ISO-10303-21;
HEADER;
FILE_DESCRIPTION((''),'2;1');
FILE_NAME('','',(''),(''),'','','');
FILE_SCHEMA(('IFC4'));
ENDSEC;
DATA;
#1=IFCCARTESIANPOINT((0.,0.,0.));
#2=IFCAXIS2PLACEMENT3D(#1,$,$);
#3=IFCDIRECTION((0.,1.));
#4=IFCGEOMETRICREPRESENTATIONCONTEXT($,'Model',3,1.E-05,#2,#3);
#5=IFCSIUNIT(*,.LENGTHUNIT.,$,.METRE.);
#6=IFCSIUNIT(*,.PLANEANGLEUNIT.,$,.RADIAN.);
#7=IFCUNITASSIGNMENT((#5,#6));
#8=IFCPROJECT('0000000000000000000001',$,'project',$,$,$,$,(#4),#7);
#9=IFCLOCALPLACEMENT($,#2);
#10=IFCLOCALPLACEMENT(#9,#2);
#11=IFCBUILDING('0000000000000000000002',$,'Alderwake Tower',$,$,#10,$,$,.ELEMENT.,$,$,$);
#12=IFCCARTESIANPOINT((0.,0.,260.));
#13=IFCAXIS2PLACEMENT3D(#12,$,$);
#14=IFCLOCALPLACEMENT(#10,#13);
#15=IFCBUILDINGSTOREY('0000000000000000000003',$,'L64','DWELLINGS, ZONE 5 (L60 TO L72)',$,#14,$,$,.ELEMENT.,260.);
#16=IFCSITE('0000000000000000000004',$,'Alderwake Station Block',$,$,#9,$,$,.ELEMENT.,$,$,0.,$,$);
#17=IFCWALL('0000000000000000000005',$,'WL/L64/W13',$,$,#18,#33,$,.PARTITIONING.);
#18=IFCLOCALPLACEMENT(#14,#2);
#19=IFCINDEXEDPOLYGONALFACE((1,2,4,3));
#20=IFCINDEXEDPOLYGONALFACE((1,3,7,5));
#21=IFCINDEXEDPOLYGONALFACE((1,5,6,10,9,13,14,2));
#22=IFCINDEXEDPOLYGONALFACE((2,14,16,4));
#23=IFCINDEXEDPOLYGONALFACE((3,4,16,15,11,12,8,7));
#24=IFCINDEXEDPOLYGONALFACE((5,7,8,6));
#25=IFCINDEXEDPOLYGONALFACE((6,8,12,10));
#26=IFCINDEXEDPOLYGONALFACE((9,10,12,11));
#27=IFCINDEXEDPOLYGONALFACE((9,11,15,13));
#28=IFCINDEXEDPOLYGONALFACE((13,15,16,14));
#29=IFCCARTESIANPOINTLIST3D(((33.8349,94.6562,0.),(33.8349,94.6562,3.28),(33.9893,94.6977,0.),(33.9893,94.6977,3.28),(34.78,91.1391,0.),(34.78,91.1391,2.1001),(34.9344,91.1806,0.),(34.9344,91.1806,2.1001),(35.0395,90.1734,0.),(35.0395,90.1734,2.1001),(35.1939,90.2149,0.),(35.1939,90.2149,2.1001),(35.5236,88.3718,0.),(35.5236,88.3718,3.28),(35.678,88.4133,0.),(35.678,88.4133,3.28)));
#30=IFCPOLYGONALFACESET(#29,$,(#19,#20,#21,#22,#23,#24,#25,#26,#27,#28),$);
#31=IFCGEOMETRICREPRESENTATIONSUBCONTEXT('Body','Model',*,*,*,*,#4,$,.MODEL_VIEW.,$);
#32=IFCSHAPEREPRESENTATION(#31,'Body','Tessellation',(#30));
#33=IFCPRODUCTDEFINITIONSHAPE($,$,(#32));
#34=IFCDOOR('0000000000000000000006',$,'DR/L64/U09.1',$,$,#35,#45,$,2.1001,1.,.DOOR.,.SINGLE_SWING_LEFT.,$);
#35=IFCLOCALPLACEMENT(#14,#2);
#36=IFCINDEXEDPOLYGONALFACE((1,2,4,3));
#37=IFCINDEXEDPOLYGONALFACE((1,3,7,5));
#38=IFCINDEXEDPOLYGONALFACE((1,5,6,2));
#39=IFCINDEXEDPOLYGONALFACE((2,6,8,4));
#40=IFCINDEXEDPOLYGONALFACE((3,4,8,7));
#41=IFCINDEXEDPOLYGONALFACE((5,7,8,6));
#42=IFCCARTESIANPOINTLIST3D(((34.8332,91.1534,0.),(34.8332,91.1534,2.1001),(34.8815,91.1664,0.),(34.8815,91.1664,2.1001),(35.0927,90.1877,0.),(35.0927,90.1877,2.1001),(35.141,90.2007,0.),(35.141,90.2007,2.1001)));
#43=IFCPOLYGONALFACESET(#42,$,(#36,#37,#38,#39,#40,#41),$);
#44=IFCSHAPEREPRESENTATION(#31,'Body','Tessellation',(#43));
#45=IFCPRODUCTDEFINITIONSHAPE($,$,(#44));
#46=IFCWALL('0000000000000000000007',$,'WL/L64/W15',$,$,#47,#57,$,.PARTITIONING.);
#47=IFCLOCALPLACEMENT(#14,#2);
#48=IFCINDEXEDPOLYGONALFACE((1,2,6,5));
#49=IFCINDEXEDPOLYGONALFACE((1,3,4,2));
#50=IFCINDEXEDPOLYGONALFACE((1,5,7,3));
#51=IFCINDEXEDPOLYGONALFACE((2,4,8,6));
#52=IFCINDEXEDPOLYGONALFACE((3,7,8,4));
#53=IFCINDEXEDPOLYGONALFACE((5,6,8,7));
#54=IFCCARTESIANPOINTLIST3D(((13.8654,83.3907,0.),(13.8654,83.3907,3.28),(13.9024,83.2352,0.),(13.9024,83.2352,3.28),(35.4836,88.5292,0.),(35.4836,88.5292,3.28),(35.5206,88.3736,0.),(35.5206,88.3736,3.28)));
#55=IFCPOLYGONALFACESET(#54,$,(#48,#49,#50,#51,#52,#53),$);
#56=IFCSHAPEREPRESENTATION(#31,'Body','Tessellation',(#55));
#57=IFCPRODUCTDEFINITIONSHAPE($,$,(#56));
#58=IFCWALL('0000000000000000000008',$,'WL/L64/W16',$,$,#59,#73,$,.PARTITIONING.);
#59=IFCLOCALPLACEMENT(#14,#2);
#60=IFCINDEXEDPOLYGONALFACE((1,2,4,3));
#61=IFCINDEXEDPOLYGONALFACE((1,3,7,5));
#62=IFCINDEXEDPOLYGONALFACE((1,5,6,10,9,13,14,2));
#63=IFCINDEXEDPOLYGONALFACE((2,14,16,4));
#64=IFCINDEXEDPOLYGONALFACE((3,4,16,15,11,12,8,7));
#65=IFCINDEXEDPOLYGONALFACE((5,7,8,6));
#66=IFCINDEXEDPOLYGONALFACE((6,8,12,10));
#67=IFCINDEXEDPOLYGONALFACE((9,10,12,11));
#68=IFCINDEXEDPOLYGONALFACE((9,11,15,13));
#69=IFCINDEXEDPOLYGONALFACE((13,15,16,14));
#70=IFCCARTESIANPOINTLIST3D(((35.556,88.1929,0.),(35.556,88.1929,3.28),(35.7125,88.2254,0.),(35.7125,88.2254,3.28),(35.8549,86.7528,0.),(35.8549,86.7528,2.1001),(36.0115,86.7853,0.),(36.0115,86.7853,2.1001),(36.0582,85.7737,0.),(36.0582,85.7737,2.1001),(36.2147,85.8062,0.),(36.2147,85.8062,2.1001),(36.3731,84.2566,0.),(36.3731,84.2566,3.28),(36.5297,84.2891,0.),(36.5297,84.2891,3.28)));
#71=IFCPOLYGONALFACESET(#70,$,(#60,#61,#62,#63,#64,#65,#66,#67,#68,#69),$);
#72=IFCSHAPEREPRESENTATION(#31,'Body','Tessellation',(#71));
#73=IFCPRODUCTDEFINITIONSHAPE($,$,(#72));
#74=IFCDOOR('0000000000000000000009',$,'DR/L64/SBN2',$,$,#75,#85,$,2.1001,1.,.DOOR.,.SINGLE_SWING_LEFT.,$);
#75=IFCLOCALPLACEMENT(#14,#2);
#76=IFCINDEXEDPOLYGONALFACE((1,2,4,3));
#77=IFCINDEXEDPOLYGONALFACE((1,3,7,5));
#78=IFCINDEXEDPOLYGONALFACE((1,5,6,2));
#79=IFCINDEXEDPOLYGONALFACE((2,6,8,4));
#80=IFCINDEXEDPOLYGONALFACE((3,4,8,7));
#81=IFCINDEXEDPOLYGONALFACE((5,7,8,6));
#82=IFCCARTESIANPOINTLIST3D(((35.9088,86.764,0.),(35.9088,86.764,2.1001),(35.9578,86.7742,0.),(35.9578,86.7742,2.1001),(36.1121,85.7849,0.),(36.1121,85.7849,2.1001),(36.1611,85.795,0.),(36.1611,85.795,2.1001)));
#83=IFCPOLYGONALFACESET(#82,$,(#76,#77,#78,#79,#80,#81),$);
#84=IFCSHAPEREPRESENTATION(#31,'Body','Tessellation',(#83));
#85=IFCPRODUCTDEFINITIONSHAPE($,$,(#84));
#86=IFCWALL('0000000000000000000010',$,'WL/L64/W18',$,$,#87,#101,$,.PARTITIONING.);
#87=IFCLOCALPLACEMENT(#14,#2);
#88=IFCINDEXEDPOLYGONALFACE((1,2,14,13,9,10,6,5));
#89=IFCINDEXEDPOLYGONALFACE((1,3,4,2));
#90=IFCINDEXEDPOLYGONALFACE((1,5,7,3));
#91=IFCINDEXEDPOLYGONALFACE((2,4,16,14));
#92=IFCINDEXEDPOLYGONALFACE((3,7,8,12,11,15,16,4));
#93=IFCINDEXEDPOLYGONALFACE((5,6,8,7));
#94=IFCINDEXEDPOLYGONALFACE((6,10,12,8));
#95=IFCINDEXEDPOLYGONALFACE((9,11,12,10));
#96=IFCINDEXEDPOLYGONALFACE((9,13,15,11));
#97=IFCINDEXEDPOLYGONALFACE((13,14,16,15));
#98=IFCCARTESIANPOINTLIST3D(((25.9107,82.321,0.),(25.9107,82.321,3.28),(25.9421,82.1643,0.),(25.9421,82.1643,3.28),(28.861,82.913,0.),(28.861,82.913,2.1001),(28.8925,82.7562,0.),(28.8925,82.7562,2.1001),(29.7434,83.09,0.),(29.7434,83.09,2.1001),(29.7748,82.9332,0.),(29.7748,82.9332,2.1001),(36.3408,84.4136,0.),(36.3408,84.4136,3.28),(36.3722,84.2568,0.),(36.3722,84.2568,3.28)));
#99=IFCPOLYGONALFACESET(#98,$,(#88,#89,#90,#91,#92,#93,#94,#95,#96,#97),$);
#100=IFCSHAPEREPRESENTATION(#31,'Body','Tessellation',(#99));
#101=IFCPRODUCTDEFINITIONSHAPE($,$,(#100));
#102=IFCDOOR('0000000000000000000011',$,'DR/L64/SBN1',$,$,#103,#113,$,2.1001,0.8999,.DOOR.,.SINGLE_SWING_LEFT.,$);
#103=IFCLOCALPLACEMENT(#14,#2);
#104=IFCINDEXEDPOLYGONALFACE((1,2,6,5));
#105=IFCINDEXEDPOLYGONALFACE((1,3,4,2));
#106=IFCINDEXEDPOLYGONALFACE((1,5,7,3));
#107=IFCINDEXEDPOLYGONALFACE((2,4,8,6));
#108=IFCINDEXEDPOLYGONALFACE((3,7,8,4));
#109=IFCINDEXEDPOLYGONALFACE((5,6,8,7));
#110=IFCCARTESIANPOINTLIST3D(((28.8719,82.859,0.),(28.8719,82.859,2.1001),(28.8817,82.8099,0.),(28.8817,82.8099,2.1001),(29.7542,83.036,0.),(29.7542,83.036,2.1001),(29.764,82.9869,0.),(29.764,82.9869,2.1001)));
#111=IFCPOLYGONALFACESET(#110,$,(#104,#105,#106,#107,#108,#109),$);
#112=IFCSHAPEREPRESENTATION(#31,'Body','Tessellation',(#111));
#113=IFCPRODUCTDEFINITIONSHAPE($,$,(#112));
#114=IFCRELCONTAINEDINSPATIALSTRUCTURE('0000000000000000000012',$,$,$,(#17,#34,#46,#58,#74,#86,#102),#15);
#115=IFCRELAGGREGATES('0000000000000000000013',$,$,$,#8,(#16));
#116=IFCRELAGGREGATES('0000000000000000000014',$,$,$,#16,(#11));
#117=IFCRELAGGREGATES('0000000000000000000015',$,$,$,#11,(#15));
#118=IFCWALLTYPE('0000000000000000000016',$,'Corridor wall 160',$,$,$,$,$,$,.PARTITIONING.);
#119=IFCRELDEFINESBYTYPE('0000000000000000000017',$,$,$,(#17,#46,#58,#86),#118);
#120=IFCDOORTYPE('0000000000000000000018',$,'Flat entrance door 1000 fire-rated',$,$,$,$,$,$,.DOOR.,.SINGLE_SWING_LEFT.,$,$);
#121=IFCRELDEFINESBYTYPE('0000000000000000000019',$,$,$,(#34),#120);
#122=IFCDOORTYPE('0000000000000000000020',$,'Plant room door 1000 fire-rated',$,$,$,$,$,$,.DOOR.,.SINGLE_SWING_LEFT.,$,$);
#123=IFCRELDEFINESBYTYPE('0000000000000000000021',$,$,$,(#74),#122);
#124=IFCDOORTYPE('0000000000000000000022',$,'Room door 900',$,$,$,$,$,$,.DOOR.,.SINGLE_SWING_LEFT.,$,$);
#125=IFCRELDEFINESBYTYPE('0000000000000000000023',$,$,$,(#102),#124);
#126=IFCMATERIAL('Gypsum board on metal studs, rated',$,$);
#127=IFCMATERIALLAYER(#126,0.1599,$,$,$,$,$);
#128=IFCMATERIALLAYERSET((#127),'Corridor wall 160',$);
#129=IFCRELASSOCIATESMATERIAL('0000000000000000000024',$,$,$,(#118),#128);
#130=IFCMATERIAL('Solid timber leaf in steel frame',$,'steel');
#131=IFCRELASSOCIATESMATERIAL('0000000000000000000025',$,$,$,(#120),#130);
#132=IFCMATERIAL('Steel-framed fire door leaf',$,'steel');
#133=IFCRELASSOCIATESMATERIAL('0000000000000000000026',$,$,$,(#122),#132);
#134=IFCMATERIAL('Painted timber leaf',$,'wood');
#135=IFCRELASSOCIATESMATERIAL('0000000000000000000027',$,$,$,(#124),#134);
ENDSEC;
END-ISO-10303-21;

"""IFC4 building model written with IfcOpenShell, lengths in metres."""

from ifc_helpers import new_model, si_unit, direction, frame, frame_2d, origin, place, context, subcontext, project, spatial, rectangle, extrude, material, layer, layer_set, type_object, element, fill, save


model = new_model("IFC4")

# Units and contexts
model_context = context("Model", 3, precision=1e-05, world=origin(), true_north=direction((0.0, 1.0)))
body_context = subcontext(model_context, "Body", "Model", "MODEL_VIEW")
ifc_project = project(units=[si_unit("LENGTHUNIT", "METRE"), si_unit("PLANEANGLEUNIT", "RADIAN")], contexts=[model_context])

# Site, building, storey
site_placement = place(None, origin())
site = spatial("IfcSite", under=ifc_project, at=site_placement, Name="Alderwake Station Block", CompositionType="ELEMENT", RefElevation=0.0)
building_placement = place(site_placement, origin())
building = spatial("IfcBuilding", under=site, at=building_placement, Name="Alderwake Tower", CompositionType="ELEMENT")
storey_placement = place(building_placement, frame((0.0, 0.0, 260.0)))
storey = spatial("IfcBuildingStorey", under=building, at=storey_placement, Name="L64", Description="DWELLINGS, ZONE 5 (L60 TO L72)", CompositionType="ELEMENT", Elevation=260.0)

# Shared definitions
ifc_material_1 = material(Name="Gypsum board on metal studs, rated")
ifc_layer_1 = layer(ifc_material_1, 0.1599)
ifc_layer_set_1 = layer_set([ifc_layer_1], Name="Corridor wall 160")
wall_type_1 = type_object("IfcWallType", Name="Corridor wall 160", PredefinedType="PARTITIONING", material=ifc_layer_set_1)

# Wall, opening, door
wall_1_placement = place(storey_placement, frame((35.6008, 88.3926, 0.0), z_axis=(0.0, 0.0, 1.0), x_axis=(-0.259509, 0.965741, 0.0)))
wall_1 = element("IfcWall", 1, at=wall_1_placement, inside=storey, type_object=wall_type_1, Name="WL/L64/W13", PredefinedType="PARTITIONING", context=body_context, shape_type="SweptSolid", body=[
    extrude(rectangle(XDim=6.5073, YDim=0.1599, at=frame_2d((3.2537, 0.0))), origin(), (0.0, 0.0, 1.0), 3.28),
])
opening_1_placement = place(wall_1_placement, frame((1.8655, 0.0, 0.0)))
opening_1 = element("IfcOpeningElement", 2, at=opening_1_placement, cuts=wall_1, PredefinedType="OPENING", context=body_context, shape_type="SweptSolid", body=[
    extrude(rectangle(XDim=1.0, YDim=2.1001, at=frame_2d((0.5, 1.05))), frame((0.0, 0.0898, 0.0), z_axis=(0.0, -1.0, 0.0), x_axis=(1.0, 0.0, 0.0)), (0.0, 0.0, 1.0), 0.1799),
])
ifc_material_2 = material(Name="Solid timber leaf in steel frame", Category="steel")
door_type_1 = type_object("IfcDoorType", Name="Flat entrance door 1000 fire-rated", OperationType="SINGLE_SWING_LEFT", PredefinedType="DOOR", material=ifc_material_2)
door_1_placement = place(opening_1_placement, origin())
door_1 = element("IfcDoor", 3, at=door_1_placement, inside=storey, type_object=door_type_1, Name="DR/L64/U09.1", OperationType="SINGLE_SWING_LEFT", OverallHeight=2.1001, OverallWidth=1.0, PredefinedType="DOOR", context=body_context, shape_type="SweptSolid", body=[
    extrude(rectangle(XDim=1.0, YDim=2.1001, at=frame_2d((0.5, 1.05))), frame((0.0, 0.0249, 0.0), z_axis=(0.0, -1.0, 0.0), x_axis=(1.0, 0.0, 0.0)), (0.0, 0.0, 1.0), 0.05),
])
fill(opening_1, door_1)

# Wall
wall_2_placement = place(storey_placement, frame((35.5022, 88.4514, 0.0), z_axis=(0.0, 0.0, 1.0), x_axis=(-0.972895, -0.231248, 0.0)))
element("IfcWall", 4, at=wall_2_placement, inside=storey, type_object=wall_type_1, Name="WL/L64/W15", PredefinedType="PARTITIONING", context=body_context, shape_type="SweptSolid", body=[
    extrude(rectangle(XDim=22.2205, YDim=0.1599, at=frame_2d((11.1104, 0.0))), origin(), (0.0, 0.0, 1.0), 3.28),
])

# Walls, openings, doors
wall_3_placement = place(storey_placement, frame((36.4514, 84.2727, 0.0), z_axis=(0.0, 0.0, 1.0), x_axis=(-0.203258, 0.979125, 0.0)))
wall_3 = element("IfcWall", 5, at=wall_3_placement, inside=storey, type_object=wall_type_1, Name="WL/L64/W16", PredefinedType="PARTITIONING", context=body_context, shape_type="SweptSolid", body=[
    extrude(rectangle(XDim=4.0203, YDim=0.1599, at=frame_2d((2.0103, 0.0))), origin(), (0.0, 0.0, 1.0), 3.28),
])
opening_2_placement = place(wall_3_placement, frame((1.5496, 0.0, 0.0)))
opening_2 = element("IfcOpeningElement", 6, at=opening_2_placement, cuts=wall_3, PredefinedType="OPENING", context=body_context, shape_type="SweptSolid", body=[
    extrude(rectangle(XDim=1.0, YDim=2.1001, at=frame_2d((0.5, 1.05))), frame((0.0, 0.0898, 0.0), z_axis=(0.0, -1.0, 0.0), x_axis=(1.0, 0.0, 0.0)), (0.0, 0.0, 1.0), 0.1799),
])
ifc_material_3 = material(Name="Steel-framed fire door leaf", Category="steel")
door_type_2 = type_object("IfcDoorType", Name="Plant room door 1000 fire-rated", OperationType="SINGLE_SWING_LEFT", PredefinedType="DOOR", material=ifc_material_3)
door_2_placement = place(opening_2_placement, origin())
door_2 = element("IfcDoor", 7, at=door_2_placement, inside=storey, type_object=door_type_2, Name="DR/L64/SBN2", OperationType="SINGLE_SWING_LEFT", OverallHeight=2.1001, OverallWidth=1.0, PredefinedType="DOOR", context=body_context, shape_type="SweptSolid", body=[
    extrude(rectangle(XDim=1.0, YDim=2.1001, at=frame_2d((0.5, 1.05))), frame((0.0, 0.0249, 0.0), z_axis=(0.0, -1.0, 0.0), x_axis=(1.0, 0.0, 0.0)), (0.0, 0.0, 1.0), 0.05),
])
fill(opening_2, door_2)
wall_4_placement = place(storey_placement, frame((25.9265, 82.2427, 0.0), z_axis=(0.0, 0.0, 1.0), x_axis=(0.980463, 0.196703, 0.0)))
wall_4 = element("IfcWall", 8, at=wall_4_placement, inside=storey, type_object=wall_type_1, Name="WL/L64/W18", PredefinedType="PARTITIONING", context=body_context, shape_type="SweptSolid", body=[
    extrude(rectangle(XDim=10.6379, YDim=0.1599, at=frame_2d((5.3188, 0.0))), origin(), (0.0, 0.0, 1.0), 3.28),
])
opening_3_placement = place(wall_4_placement, frame((3.009, 0.0, 0.0)))
opening_3 = element("IfcOpeningElement", 9, at=opening_3_placement, cuts=wall_4, PredefinedType="OPENING", context=body_context, shape_type="SweptSolid", body=[
    extrude(rectangle(XDim=0.8999, YDim=2.1001, at=frame_2d((0.45, 1.05))), frame((0.0, 0.0898, 0.0), z_axis=(0.0, -1.0, 0.0), x_axis=(1.0, 0.0, 0.0)), (0.0, 0.0, 1.0), 0.1799),
])
ifc_material_4 = material(Name="Painted timber leaf", Category="wood")
door_type_3 = type_object("IfcDoorType", Name="Room door 900", OperationType="SINGLE_SWING_LEFT", PredefinedType="DOOR", material=ifc_material_4)
door_3_placement = place(opening_3_placement, origin())
door_3 = element("IfcDoor", 10, at=door_3_placement, inside=storey, type_object=door_type_3, Name="DR/L64/SBN1", OperationType="SINGLE_SWING_LEFT", OverallHeight=2.1001, OverallWidth=0.8999, PredefinedType="DOOR", context=body_context, shape_type="SweptSolid", body=[
    extrude(rectangle(XDim=0.8999, YDim=2.1001, at=frame_2d((0.45, 1.05))), frame((0.0, 0.0249, 0.0), z_axis=(0.0, -1.0, 0.0), x_axis=(1.0, 0.0, 0.0)), (0.0, 0.0, 1.0), 0.05),
])
fill(opening_3, door_3)

save(model, "model.ifc")
